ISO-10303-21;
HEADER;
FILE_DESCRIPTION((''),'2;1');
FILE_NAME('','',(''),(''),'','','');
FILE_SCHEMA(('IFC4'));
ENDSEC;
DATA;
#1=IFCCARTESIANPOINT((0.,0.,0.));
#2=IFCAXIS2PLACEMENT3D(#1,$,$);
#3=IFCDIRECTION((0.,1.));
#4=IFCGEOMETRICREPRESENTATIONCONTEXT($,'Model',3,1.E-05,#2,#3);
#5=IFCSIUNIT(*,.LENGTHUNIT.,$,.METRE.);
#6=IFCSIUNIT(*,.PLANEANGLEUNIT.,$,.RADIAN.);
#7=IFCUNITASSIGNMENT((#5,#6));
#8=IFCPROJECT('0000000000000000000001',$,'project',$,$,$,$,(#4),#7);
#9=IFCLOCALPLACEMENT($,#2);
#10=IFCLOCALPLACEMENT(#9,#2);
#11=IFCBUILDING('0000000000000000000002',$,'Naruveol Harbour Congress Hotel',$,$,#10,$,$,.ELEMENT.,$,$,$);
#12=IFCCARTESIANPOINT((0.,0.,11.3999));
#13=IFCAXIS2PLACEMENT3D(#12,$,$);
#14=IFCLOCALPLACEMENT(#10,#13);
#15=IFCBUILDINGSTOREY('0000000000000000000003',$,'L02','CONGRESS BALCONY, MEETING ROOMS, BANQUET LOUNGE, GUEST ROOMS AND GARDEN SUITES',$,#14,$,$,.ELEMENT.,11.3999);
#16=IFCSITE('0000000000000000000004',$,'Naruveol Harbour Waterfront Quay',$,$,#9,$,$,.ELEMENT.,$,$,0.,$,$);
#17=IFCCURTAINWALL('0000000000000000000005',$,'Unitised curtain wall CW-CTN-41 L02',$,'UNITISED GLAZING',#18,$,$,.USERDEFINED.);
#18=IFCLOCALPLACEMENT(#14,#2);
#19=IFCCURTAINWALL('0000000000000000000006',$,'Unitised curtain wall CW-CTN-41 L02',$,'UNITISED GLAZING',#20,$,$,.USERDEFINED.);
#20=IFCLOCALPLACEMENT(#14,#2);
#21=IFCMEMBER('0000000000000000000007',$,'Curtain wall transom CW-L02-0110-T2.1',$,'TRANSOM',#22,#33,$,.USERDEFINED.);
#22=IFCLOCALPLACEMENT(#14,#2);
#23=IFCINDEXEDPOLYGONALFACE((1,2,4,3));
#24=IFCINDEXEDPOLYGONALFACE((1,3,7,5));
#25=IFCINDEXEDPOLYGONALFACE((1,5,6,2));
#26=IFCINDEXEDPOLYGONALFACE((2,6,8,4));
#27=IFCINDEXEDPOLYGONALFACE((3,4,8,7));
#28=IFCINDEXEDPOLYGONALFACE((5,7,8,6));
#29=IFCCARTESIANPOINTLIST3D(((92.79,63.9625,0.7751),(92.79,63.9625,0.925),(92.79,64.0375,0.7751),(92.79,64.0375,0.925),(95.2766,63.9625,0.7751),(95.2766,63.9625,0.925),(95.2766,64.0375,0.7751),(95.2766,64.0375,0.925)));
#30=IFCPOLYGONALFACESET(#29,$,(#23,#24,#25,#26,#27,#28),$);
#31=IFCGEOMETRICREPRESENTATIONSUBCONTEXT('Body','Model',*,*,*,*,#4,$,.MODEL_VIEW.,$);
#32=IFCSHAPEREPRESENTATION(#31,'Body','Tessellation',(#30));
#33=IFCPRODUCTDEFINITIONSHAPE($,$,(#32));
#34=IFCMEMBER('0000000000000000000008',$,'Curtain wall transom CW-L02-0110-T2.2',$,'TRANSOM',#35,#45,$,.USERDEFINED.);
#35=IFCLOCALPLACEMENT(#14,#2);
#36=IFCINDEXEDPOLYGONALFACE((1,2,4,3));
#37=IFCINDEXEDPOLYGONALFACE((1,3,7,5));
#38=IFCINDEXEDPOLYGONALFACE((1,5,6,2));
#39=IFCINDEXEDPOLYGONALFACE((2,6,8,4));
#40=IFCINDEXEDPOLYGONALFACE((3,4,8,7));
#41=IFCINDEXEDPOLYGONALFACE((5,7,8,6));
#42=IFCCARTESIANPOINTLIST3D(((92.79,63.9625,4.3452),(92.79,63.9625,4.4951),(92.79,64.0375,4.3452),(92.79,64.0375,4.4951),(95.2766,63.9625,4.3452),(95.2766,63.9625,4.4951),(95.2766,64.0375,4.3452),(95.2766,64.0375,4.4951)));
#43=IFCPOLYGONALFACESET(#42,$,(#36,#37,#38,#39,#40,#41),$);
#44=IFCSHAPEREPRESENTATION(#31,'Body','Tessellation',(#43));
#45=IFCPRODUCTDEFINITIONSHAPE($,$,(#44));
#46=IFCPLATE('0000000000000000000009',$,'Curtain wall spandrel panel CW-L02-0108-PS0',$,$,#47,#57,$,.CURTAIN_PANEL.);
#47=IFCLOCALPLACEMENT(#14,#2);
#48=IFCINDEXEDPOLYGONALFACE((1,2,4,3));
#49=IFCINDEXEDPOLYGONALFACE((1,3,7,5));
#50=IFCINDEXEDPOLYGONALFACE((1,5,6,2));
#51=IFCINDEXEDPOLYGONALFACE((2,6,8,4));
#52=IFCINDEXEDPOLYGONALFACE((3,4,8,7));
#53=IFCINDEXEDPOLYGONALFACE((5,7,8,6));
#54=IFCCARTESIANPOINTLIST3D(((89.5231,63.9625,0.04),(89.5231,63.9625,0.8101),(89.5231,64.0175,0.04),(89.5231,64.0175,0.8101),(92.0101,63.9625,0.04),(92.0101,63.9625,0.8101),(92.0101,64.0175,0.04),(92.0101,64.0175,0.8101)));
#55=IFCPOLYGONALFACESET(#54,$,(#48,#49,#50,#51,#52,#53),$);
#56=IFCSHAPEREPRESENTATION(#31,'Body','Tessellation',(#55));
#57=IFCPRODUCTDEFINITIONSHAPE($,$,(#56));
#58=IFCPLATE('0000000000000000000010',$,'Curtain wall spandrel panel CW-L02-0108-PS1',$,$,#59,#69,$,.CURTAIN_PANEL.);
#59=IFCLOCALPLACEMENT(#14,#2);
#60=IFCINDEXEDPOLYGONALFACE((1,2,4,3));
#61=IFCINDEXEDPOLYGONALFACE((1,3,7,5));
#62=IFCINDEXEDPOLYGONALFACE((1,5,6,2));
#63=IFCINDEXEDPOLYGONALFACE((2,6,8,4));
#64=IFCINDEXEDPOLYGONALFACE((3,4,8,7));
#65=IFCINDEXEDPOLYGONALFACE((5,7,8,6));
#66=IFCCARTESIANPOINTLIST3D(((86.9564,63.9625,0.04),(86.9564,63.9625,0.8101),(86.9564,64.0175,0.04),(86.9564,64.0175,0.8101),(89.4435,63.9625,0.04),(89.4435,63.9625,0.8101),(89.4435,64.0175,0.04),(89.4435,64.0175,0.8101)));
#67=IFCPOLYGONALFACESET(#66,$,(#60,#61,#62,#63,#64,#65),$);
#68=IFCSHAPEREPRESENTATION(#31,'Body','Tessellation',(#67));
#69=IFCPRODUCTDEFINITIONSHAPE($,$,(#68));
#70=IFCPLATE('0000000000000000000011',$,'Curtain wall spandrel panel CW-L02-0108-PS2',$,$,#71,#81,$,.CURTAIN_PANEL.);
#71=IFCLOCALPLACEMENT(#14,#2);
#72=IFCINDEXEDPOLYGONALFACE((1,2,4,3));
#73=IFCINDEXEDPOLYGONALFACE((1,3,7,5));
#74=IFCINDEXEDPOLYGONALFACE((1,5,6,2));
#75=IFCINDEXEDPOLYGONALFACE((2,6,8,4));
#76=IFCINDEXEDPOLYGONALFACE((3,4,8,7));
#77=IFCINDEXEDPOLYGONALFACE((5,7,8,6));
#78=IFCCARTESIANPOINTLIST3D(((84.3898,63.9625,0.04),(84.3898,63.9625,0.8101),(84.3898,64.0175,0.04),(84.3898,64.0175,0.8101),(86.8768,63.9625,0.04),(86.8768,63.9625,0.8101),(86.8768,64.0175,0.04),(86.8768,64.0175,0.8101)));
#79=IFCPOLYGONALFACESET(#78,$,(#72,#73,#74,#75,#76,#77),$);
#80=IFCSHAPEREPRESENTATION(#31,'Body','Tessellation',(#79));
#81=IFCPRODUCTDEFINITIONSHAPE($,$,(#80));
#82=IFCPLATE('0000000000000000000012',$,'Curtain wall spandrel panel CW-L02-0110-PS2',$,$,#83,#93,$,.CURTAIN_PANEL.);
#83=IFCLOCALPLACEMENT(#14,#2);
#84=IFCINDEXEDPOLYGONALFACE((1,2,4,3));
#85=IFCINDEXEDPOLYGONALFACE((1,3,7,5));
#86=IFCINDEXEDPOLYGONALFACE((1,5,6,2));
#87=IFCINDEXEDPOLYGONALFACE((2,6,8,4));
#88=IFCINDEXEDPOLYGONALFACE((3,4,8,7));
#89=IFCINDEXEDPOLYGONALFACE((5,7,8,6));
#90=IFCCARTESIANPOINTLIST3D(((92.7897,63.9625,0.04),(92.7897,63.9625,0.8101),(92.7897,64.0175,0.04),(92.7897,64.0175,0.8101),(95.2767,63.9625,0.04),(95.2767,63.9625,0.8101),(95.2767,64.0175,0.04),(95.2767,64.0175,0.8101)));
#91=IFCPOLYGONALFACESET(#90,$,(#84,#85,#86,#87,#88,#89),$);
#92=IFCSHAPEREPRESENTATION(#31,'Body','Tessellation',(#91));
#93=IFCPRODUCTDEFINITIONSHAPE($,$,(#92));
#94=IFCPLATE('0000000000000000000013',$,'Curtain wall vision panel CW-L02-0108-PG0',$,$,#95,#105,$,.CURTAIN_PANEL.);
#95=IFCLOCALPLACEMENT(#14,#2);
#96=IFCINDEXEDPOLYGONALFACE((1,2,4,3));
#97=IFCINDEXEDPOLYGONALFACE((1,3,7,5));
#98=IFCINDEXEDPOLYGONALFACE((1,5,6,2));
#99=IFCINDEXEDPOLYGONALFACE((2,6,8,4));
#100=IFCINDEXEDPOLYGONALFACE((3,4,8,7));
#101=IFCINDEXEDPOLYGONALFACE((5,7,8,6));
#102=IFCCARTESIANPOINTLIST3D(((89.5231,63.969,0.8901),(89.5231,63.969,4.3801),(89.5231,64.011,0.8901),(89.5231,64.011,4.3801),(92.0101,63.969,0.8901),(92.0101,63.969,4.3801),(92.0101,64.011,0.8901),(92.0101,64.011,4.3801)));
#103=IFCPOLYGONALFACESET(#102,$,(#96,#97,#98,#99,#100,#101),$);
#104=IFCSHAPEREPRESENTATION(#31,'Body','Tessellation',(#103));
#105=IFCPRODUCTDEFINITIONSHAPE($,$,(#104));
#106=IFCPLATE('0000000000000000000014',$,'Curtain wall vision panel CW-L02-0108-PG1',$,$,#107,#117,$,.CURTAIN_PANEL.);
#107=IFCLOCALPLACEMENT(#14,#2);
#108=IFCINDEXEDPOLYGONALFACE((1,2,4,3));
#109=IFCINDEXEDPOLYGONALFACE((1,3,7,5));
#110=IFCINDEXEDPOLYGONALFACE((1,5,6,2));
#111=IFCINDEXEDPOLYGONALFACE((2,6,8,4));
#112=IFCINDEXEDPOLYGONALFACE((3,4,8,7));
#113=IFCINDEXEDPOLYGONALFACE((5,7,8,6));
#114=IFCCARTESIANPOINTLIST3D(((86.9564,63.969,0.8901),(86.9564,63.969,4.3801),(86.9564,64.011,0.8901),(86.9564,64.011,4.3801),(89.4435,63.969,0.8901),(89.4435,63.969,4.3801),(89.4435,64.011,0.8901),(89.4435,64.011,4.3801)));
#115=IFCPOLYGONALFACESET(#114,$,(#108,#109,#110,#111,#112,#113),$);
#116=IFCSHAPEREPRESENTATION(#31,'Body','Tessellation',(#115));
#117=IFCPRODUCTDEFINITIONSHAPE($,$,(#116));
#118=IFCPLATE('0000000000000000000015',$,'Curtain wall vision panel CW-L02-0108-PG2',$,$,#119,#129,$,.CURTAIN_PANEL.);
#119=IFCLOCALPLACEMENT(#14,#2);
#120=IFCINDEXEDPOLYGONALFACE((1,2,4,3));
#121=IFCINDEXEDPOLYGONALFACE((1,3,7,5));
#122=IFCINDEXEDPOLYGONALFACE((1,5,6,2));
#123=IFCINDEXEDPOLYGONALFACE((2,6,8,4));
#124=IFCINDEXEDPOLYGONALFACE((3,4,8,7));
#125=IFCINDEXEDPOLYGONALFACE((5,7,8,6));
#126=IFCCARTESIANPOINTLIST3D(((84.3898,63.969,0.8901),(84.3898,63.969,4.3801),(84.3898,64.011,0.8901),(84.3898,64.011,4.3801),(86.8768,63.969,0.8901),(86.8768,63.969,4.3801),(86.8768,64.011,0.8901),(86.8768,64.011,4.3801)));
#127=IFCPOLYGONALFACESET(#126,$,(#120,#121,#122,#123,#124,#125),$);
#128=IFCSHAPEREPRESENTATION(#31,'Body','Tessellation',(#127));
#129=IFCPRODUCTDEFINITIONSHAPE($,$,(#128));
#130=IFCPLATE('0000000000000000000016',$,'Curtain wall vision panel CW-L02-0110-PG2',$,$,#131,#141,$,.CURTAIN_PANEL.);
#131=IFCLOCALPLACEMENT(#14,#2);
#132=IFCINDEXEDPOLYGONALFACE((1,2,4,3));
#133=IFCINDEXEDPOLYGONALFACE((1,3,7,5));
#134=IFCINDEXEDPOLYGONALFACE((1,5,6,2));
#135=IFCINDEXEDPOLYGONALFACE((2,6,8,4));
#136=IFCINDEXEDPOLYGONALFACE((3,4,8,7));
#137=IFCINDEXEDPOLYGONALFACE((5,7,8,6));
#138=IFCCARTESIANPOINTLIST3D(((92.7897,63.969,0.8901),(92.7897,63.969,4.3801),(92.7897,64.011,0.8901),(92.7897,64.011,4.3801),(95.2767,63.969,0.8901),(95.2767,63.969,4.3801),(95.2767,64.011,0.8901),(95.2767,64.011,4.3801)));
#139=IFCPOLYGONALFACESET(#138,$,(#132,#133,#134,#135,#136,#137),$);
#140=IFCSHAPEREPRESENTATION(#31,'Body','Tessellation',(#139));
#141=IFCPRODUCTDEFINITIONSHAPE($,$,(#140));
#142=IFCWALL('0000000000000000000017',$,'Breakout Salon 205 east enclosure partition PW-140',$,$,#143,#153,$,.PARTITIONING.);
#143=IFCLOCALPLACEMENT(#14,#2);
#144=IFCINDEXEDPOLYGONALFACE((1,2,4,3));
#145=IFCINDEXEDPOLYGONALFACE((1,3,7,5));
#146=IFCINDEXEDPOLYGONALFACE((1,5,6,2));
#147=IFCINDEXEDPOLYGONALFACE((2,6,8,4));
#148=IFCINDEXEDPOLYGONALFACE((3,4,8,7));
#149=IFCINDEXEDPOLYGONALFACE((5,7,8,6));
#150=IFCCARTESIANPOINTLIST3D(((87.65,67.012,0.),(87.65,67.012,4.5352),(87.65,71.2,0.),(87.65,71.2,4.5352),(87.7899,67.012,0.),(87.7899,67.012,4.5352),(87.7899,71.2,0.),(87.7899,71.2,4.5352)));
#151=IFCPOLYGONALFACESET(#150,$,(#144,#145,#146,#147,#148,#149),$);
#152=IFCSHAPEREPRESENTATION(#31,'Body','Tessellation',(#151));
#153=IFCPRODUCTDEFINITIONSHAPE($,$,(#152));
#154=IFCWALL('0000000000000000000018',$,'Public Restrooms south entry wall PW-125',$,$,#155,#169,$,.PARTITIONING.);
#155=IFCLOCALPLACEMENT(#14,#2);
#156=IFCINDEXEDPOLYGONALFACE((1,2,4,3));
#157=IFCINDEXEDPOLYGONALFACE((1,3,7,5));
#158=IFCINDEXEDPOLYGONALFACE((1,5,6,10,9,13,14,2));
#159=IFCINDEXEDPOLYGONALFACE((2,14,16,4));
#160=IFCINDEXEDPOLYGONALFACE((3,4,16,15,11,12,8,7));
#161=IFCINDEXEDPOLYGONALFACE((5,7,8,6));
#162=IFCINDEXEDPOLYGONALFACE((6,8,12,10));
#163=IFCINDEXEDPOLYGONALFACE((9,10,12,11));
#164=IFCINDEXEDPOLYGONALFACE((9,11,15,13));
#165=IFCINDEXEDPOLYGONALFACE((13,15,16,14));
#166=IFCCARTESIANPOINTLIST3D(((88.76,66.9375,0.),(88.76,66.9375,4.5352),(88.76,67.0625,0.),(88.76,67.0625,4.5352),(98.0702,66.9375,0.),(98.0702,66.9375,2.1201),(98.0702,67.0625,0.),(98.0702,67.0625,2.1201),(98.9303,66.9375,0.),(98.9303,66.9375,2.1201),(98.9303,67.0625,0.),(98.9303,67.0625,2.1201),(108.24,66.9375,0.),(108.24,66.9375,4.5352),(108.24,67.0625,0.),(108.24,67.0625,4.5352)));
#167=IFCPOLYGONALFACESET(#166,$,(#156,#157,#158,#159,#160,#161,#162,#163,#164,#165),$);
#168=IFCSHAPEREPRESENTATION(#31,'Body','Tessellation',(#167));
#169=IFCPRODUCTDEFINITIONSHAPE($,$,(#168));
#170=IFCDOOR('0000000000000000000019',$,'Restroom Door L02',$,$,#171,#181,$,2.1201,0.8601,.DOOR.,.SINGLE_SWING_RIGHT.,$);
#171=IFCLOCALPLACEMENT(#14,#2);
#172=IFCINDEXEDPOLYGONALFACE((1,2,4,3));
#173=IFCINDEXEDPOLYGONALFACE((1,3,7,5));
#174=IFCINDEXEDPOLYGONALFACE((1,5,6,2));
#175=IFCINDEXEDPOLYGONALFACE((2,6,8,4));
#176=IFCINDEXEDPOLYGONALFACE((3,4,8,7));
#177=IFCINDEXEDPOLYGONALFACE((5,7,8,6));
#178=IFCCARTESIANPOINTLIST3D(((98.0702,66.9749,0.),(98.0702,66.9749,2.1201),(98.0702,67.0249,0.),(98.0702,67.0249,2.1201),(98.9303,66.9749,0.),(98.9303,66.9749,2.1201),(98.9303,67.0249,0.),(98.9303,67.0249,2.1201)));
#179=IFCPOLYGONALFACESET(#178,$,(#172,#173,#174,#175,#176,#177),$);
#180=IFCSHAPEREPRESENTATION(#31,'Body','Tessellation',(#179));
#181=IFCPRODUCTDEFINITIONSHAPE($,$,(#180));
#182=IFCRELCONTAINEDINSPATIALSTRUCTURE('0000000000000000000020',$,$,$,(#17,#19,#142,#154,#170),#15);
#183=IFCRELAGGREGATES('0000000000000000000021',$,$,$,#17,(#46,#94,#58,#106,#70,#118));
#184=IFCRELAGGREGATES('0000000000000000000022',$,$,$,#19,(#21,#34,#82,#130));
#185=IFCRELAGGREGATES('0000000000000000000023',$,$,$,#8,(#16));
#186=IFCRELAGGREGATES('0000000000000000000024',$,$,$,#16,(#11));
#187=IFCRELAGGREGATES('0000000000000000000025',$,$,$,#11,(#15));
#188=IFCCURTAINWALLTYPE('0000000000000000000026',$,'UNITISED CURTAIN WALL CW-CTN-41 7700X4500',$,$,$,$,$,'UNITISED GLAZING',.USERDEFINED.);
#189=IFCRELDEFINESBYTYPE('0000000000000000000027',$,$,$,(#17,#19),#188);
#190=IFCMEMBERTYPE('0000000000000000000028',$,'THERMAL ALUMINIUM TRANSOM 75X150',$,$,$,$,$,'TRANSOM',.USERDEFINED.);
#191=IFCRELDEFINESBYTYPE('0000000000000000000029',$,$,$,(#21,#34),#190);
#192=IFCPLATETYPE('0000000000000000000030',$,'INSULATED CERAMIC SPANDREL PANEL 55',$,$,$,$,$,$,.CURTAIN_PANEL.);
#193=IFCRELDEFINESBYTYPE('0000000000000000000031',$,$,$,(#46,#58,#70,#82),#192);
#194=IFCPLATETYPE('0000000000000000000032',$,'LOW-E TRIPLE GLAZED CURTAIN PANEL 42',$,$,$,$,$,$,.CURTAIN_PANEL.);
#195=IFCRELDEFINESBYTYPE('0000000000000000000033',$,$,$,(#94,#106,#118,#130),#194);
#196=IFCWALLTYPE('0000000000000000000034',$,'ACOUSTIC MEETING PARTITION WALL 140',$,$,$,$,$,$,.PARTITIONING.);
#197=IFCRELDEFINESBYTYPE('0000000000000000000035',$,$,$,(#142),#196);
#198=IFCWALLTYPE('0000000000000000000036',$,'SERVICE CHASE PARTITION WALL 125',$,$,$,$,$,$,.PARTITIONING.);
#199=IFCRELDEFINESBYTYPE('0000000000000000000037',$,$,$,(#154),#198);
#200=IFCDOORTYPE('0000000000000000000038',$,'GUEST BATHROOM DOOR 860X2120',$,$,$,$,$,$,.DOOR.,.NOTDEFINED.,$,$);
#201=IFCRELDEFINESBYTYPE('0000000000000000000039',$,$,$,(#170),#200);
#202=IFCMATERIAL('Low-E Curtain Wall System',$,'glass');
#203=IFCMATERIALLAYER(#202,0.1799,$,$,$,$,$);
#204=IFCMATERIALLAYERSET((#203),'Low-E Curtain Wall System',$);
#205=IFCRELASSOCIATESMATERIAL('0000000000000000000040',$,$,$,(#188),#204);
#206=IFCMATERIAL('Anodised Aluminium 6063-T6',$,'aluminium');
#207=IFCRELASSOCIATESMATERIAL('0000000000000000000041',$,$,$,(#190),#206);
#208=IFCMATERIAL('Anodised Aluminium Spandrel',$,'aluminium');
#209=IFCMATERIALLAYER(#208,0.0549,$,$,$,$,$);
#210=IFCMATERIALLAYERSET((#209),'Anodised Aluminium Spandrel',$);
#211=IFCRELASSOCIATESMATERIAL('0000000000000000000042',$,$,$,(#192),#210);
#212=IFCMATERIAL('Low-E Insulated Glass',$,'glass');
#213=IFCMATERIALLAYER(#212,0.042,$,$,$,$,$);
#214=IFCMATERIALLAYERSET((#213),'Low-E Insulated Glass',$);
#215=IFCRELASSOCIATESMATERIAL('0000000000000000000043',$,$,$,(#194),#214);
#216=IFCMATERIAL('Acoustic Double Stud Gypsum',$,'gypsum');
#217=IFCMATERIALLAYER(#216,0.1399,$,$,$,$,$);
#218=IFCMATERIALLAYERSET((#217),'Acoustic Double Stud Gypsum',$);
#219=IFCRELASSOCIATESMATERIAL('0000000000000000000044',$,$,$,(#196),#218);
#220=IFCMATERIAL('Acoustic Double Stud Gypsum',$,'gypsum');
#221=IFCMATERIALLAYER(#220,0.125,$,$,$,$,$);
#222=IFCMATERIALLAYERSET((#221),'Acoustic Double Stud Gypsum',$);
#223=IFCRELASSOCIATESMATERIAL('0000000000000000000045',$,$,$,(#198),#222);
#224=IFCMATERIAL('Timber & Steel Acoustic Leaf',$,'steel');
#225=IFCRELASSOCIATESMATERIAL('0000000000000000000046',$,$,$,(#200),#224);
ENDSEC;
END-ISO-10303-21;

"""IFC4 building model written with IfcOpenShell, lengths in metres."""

from ifc_helpers import new_model, si_unit, direction, frame, frame_2d, origin, origin_2d, place, context, subcontext, project, spatial, rectangle, extrude, material, layer, layer_set, material_profile, profile_set, type_object, element, fill, aggregate, save


model = new_model("IFC4")

# Units and contexts
model_context = context("Model", 3, precision=1e-05, world=origin(), true_north=direction((0.0, 1.0)))
body_context = subcontext(model_context, "Body", "Model", "MODEL_VIEW")
ifc_project = project(units=[si_unit("LENGTHUNIT", "METRE"), si_unit("PLANEANGLEUNIT", "RADIAN")], contexts=[model_context])

# Site, building, storey
site_placement = place(None, origin())
site = spatial("IfcSite", under=ifc_project, at=site_placement, Name="Naruveol Harbour Waterfront Quay", CompositionType="ELEMENT", RefElevation=0.0)
building_placement = place(site_placement, origin())
building = spatial("IfcBuilding", under=site, at=building_placement, Name="Naruveol Harbour Congress Hotel", CompositionType="ELEMENT")
storey_placement = place(building_placement, frame((0.0, 0.0, 11.3999)))
storey = spatial("IfcBuildingStorey", under=building, at=storey_placement, Name="L02", Description="CONGRESS BALCONY, MEETING ROOMS, BANQUET LOUNGE, GUEST ROOMS AND GARDEN SUITES", CompositionType="ELEMENT", Elevation=11.3999)

# Curtain wall
ifc_material_1 = material(Name="Low-E Curtain Wall System", Category="glass")
ifc_layer_1 = layer(ifc_material_1, 0.1799)
ifc_layer_set_1 = layer_set([ifc_layer_1], Name="Low-E Curtain Wall System")
curtain_wall_type = type_object("IfcCurtainWallType", Name="UNITISED CURTAIN WALL CW-CTN-41 7700X4500", ElementType="UNITISED GLAZING", PredefinedType="USERDEFINED", material=ifc_layer_set_1)
curtain_wall_1_placement = place(storey_placement, origin())
curtain_wall_1 = element("IfcCurtainWall", 1, at=curtain_wall_1_placement, inside=storey, type_object=curtain_wall_type, Name="Unitised curtain wall CW-CTN-41 L02", ObjectType="UNITISED GLAZING", PredefinedType="USERDEFINED")

# Curtain wall
curtain_wall_2_placement = place(storey_placement, origin())
curtain_wall_2 = element("IfcCurtainWall", 2, at=curtain_wall_2_placement, inside=storey, type_object=curtain_wall_type, Name="Unitised curtain wall CW-CTN-41 L02", ObjectType="UNITISED GLAZING", PredefinedType="USERDEFINED")

# Members
ifc_material_2 = material(Name="Anodised Aluminium 6063-T6", Category="aluminium")
ifc_material_profile_1 = material_profile(ifc_material_2, rectangle(XDim=0.075, YDim=0.1499, at=origin_2d()), Name="ALU-75x150")
ifc_profile_set_1 = profile_set([ifc_material_profile_1], Name="Anodised Aluminium 6063-T6")
member_type_1 = type_object("IfcMemberType", Name="THERMAL ALUMINIUM TRANSOM 75X150", ElementType="TRANSOM", PredefinedType="USERDEFINED", material=ifc_profile_set_1)
member_1_placement = place(storey_placement, frame((95.2766, 64.0, 0.8501), z_axis=(-1.0, 0.0, 0.0), x_axis=(0.0, -1.0, 0.0)))
member_1 = element("IfcMember", 3, at=member_1_placement, type_object=member_type_1, Name="Curtain wall transom CW-L02-0110-T2.1", ObjectType="TRANSOM", PredefinedType="USERDEFINED", context=body_context, shape_type="SweptSolid", body=[
    extrude(rectangle(XDim=0.075, YDim=0.1499, at=origin_2d()), origin(), (0.0, 0.0, 1.0), 2.4866),
])
member_2_placement = place(storey_placement, frame((95.2766, 64.0, 4.4202), z_axis=(-1.0, 0.0, 0.0), x_axis=(0.0, -1.0, 0.0)))
member_2 = element("IfcMember", 4, at=member_2_placement, type_object=member_type_1, Name="Curtain wall transom CW-L02-0110-T2.2", ObjectType="TRANSOM", PredefinedType="USERDEFINED", context=body_context, shape_type="SweptSolid", body=[
    extrude(rectangle(XDim=0.075, YDim=0.1499, at=origin_2d()), origin(), (0.0, 0.0, 1.0), 2.4866),
])

# Plates
ifc_material_3 = material(Name="Anodised Aluminium Spandrel", Category="aluminium")
ifc_layer_2 = layer(ifc_material_3, 0.0549)
ifc_layer_set_2 = layer_set([ifc_layer_2], Name="Anodised Aluminium Spandrel")
plate_type_1 = type_object("IfcPlateType", Name="INSULATED CERAMIC SPANDREL PANEL 55", PredefinedType="CURTAIN_PANEL", material=ifc_layer_set_2)
plate_1_placement = place(storey_placement, frame((90.7666, 63.99, 0.04), z_axis=(0.0, 0.0, 1.0), x_axis=(-1.0, 0.0, 0.0)))
plate_1 = element("IfcPlate", 5, at=plate_1_placement, type_object=plate_type_1, Name="Curtain wall spandrel panel CW-L02-0108-PS0", PredefinedType="CURTAIN_PANEL", context=body_context, shape_type="SweptSolid", body=[
    extrude(rectangle(XDim=2.4871, YDim=0.0549, at=origin_2d()), origin(), (0.0, 0.0, 1.0), 0.77),
])
plate_2_placement = place(storey_placement, frame((88.2, 63.99, 0.04), z_axis=(0.0, 0.0, 1.0), x_axis=(-1.0, 0.0, 0.0)))
plate_2 = element("IfcPlate", 6, at=plate_2_placement, type_object=plate_type_1, Name="Curtain wall spandrel panel CW-L02-0108-PS1", PredefinedType="CURTAIN_PANEL", context=body_context, shape_type="SweptSolid", body=[
    extrude(rectangle(XDim=2.4871, YDim=0.0549, at=origin_2d()), origin(), (0.0, 0.0, 1.0), 0.77),
])
plate_3_placement = place(storey_placement, frame((85.6333, 63.99, 0.04), z_axis=(0.0, 0.0, 1.0), x_axis=(-1.0, 0.0, 0.0)))
plate_3 = element("IfcPlate", 7, at=plate_3_placement, type_object=plate_type_1, Name="Curtain wall spandrel panel CW-L02-0108-PS2", PredefinedType="CURTAIN_PANEL", context=body_context, shape_type="SweptSolid", body=[
    extrude(rectangle(XDim=2.4871, YDim=0.0549, at=origin_2d()), origin(), (0.0, 0.0, 1.0), 0.77),
])
plate_4_placement = place(storey_placement, frame((94.0332, 63.99, 0.04), z_axis=(0.0, 0.0, 1.0), x_axis=(-1.0, 0.0, 0.0)))
plate_4 = element("IfcPlate", 8, at=plate_4_placement, type_object=plate_type_1, Name="Curtain wall spandrel panel CW-L02-0110-PS2", PredefinedType="CURTAIN_PANEL", context=body_context, shape_type="SweptSolid", body=[
    extrude(rectangle(XDim=2.4871, YDim=0.0549, at=origin_2d()), origin(), (0.0, 0.0, 1.0), 0.77),
])
ifc_material_4 = material(Name="Low-E Insulated Glass", Category="glass")
ifc_layer_3 = layer(ifc_material_4, 0.042)
ifc_layer_set_3 = layer_set([ifc_layer_3], Name="Low-E Insulated Glass")
plate_type_2 = type_object("IfcPlateType", Name="LOW-E TRIPLE GLAZED CURTAIN PANEL 42", PredefinedType="CURTAIN_PANEL", material=ifc_layer_set_3)
plate_5_placement = place(storey_placement, frame((90.7666, 63.99, 0.8901), z_axis=(0.0, 0.0, 1.0), x_axis=(-1.0, 0.0, 0.0)))
plate_5 = element("IfcPlate", 9, at=plate_5_placement, type_object=plate_type_2, Name="Curtain wall vision panel CW-L02-0108-PG0", PredefinedType="CURTAIN_PANEL", context=body_context, shape_type="SweptSolid", body=[
    extrude(rectangle(XDim=2.4871, YDim=0.042, at=origin_2d()), origin(), (0.0, 0.0, 1.0), 3.49),
])
plate_6_placement = place(storey_placement, frame((88.2, 63.99, 0.8901), z_axis=(0.0, 0.0, 1.0), x_axis=(-1.0, 0.0, 0.0)))
plate_6 = element("IfcPlate", 10, at=plate_6_placement, type_object=plate_type_2, Name="Curtain wall vision panel CW-L02-0108-PG1", PredefinedType="CURTAIN_PANEL", context=body_context, shape_type="SweptSolid", body=[
    extrude(rectangle(XDim=2.4871, YDim=0.042, at=origin_2d()), origin(), (0.0, 0.0, 1.0), 3.49),
])
plate_7_placement = place(storey_placement, frame((85.6333, 63.99, 0.8901), z_axis=(0.0, 0.0, 1.0), x_axis=(-1.0, 0.0, 0.0)))
plate_7 = element("IfcPlate", 11, at=plate_7_placement, type_object=plate_type_2, Name="Curtain wall vision panel CW-L02-0108-PG2", PredefinedType="CURTAIN_PANEL", context=body_context, shape_type="SweptSolid", body=[
    extrude(rectangle(XDim=2.4871, YDim=0.042, at=origin_2d()), origin(), (0.0, 0.0, 1.0), 3.49),
])
aggregate(curtain_wall_1, [plate_1, plate_5, plate_2, plate_6, plate_3, plate_7])
plate_8_placement = place(storey_placement, frame((94.0332, 63.99, 0.8901), z_axis=(0.0, 0.0, 1.0), x_axis=(-1.0, 0.0, 0.0)))
plate_8 = element("IfcPlate", 12, at=plate_8_placement, type_object=plate_type_2, Name="Curtain wall vision panel CW-L02-0110-PG2", PredefinedType="CURTAIN_PANEL", context=body_context, shape_type="SweptSolid", body=[
    extrude(rectangle(XDim=2.4871, YDim=0.042, at=origin_2d()), origin(), (0.0, 0.0, 1.0), 3.49),
])
aggregate(curtain_wall_2, [member_1, member_2, plate_4, plate_8])

# Wall
ifc_material_5 = material(Name="Acoustic Double Stud Gypsum", Category="gypsum")
ifc_layer_4 = layer(ifc_material_5, 0.1399)
ifc_layer_set_4 = layer_set([ifc_layer_4], Name="Acoustic Double Stud Gypsum")
wall_type_1 = type_object("IfcWallType", Name="ACOUSTIC MEETING PARTITION WALL 140", PredefinedType="PARTITIONING", material=ifc_layer_set_4)
wall_1_placement = place(storey_placement, frame((87.72, 67.012, 0.0), z_axis=(0.0, 0.0, 1.0), x_axis=(0.0, 1.0, 0.0)))
element("IfcWall", 13, at=wall_1_placement, inside=storey, type_object=wall_type_1, Name="Breakout Salon 205 east enclosure partition PW-140", PredefinedType="PARTITIONING", context=body_context, shape_type="SweptSolid", body=[
    extrude(rectangle(XDim=4.188, YDim=0.1399, at=frame_2d((2.094, 0.0))), origin(), (0.0, 0.0, 1.0), 4.5352),
])

# Wall, opening, door
ifc_material_6 = material(Name="Acoustic Double Stud Gypsum", Category="gypsum")
ifc_layer_5 = layer(ifc_material_6, 0.125)
ifc_layer_set_5 = layer_set([ifc_layer_5], Name="Acoustic Double Stud Gypsum")
wall_type_2 = type_object("IfcWallType", Name="SERVICE CHASE PARTITION WALL 125", PredefinedType="PARTITIONING", material=ifc_layer_set_5)
wall_2_placement = place(storey_placement, frame((88.76, 67.0, 0.0), z_axis=(0.0, 0.0, 1.0), x_axis=(1.0, 0.0, 0.0)))
wall_2 = element("IfcWall", 14, at=wall_2_placement, inside=storey, type_object=wall_type_2, Name="Public Restrooms south entry wall PW-125", PredefinedType="PARTITIONING", context=body_context, shape_type="SweptSolid", body=[
    extrude(rectangle(XDim=19.48, YDim=0.125, at=frame_2d((9.74, 0.0))), origin(), (0.0, 0.0, 1.0), 4.5352),
])
opening_placement = place(wall_2_placement, frame((9.3101, 0.0, 0.0)))
opening = element("IfcOpeningElement", 15, at=opening_placement, cuts=wall_2, PredefinedType="OPENING", context=body_context, shape_type="SweptSolid", body=[
    extrude(rectangle(XDim=0.8601, YDim=2.1201, at=frame_2d((0.4302, 1.0601))), frame((0.0, 0.0725, 0.0), z_axis=(0.0, -1.0, 0.0), x_axis=(1.0, 0.0, 0.0)), (0.0, 0.0, 1.0), 0.145),
])
ifc_material_7 = material(Name="Timber & Steel Acoustic Leaf", Category="steel")
door_type = type_object("IfcDoorType", Name="GUEST BATHROOM DOOR 860X2120", OperationType="NOTDEFINED", PredefinedType="DOOR", material=ifc_material_7)
door_placement = place(opening_placement, origin())
door = element("IfcDoor", 16, at=door_placement, inside=storey, type_object=door_type, Name="Restroom Door L02", OperationType="SINGLE_SWING_RIGHT", OverallHeight=2.1201, OverallWidth=0.8601, PredefinedType="DOOR", context=body_context, shape_type="SweptSolid", body=[
    extrude(rectangle(XDim=0.8601, YDim=2.1201, at=frame_2d((0.4302, 1.0601))), frame((0.0, 0.0249, 0.0), z_axis=(0.0, -1.0, 0.0), x_axis=(1.0, 0.0, 0.0)), (0.0, 0.0, 1.0), 0.05),
])
fill(opening, door)

save(model, "model.ifc")
